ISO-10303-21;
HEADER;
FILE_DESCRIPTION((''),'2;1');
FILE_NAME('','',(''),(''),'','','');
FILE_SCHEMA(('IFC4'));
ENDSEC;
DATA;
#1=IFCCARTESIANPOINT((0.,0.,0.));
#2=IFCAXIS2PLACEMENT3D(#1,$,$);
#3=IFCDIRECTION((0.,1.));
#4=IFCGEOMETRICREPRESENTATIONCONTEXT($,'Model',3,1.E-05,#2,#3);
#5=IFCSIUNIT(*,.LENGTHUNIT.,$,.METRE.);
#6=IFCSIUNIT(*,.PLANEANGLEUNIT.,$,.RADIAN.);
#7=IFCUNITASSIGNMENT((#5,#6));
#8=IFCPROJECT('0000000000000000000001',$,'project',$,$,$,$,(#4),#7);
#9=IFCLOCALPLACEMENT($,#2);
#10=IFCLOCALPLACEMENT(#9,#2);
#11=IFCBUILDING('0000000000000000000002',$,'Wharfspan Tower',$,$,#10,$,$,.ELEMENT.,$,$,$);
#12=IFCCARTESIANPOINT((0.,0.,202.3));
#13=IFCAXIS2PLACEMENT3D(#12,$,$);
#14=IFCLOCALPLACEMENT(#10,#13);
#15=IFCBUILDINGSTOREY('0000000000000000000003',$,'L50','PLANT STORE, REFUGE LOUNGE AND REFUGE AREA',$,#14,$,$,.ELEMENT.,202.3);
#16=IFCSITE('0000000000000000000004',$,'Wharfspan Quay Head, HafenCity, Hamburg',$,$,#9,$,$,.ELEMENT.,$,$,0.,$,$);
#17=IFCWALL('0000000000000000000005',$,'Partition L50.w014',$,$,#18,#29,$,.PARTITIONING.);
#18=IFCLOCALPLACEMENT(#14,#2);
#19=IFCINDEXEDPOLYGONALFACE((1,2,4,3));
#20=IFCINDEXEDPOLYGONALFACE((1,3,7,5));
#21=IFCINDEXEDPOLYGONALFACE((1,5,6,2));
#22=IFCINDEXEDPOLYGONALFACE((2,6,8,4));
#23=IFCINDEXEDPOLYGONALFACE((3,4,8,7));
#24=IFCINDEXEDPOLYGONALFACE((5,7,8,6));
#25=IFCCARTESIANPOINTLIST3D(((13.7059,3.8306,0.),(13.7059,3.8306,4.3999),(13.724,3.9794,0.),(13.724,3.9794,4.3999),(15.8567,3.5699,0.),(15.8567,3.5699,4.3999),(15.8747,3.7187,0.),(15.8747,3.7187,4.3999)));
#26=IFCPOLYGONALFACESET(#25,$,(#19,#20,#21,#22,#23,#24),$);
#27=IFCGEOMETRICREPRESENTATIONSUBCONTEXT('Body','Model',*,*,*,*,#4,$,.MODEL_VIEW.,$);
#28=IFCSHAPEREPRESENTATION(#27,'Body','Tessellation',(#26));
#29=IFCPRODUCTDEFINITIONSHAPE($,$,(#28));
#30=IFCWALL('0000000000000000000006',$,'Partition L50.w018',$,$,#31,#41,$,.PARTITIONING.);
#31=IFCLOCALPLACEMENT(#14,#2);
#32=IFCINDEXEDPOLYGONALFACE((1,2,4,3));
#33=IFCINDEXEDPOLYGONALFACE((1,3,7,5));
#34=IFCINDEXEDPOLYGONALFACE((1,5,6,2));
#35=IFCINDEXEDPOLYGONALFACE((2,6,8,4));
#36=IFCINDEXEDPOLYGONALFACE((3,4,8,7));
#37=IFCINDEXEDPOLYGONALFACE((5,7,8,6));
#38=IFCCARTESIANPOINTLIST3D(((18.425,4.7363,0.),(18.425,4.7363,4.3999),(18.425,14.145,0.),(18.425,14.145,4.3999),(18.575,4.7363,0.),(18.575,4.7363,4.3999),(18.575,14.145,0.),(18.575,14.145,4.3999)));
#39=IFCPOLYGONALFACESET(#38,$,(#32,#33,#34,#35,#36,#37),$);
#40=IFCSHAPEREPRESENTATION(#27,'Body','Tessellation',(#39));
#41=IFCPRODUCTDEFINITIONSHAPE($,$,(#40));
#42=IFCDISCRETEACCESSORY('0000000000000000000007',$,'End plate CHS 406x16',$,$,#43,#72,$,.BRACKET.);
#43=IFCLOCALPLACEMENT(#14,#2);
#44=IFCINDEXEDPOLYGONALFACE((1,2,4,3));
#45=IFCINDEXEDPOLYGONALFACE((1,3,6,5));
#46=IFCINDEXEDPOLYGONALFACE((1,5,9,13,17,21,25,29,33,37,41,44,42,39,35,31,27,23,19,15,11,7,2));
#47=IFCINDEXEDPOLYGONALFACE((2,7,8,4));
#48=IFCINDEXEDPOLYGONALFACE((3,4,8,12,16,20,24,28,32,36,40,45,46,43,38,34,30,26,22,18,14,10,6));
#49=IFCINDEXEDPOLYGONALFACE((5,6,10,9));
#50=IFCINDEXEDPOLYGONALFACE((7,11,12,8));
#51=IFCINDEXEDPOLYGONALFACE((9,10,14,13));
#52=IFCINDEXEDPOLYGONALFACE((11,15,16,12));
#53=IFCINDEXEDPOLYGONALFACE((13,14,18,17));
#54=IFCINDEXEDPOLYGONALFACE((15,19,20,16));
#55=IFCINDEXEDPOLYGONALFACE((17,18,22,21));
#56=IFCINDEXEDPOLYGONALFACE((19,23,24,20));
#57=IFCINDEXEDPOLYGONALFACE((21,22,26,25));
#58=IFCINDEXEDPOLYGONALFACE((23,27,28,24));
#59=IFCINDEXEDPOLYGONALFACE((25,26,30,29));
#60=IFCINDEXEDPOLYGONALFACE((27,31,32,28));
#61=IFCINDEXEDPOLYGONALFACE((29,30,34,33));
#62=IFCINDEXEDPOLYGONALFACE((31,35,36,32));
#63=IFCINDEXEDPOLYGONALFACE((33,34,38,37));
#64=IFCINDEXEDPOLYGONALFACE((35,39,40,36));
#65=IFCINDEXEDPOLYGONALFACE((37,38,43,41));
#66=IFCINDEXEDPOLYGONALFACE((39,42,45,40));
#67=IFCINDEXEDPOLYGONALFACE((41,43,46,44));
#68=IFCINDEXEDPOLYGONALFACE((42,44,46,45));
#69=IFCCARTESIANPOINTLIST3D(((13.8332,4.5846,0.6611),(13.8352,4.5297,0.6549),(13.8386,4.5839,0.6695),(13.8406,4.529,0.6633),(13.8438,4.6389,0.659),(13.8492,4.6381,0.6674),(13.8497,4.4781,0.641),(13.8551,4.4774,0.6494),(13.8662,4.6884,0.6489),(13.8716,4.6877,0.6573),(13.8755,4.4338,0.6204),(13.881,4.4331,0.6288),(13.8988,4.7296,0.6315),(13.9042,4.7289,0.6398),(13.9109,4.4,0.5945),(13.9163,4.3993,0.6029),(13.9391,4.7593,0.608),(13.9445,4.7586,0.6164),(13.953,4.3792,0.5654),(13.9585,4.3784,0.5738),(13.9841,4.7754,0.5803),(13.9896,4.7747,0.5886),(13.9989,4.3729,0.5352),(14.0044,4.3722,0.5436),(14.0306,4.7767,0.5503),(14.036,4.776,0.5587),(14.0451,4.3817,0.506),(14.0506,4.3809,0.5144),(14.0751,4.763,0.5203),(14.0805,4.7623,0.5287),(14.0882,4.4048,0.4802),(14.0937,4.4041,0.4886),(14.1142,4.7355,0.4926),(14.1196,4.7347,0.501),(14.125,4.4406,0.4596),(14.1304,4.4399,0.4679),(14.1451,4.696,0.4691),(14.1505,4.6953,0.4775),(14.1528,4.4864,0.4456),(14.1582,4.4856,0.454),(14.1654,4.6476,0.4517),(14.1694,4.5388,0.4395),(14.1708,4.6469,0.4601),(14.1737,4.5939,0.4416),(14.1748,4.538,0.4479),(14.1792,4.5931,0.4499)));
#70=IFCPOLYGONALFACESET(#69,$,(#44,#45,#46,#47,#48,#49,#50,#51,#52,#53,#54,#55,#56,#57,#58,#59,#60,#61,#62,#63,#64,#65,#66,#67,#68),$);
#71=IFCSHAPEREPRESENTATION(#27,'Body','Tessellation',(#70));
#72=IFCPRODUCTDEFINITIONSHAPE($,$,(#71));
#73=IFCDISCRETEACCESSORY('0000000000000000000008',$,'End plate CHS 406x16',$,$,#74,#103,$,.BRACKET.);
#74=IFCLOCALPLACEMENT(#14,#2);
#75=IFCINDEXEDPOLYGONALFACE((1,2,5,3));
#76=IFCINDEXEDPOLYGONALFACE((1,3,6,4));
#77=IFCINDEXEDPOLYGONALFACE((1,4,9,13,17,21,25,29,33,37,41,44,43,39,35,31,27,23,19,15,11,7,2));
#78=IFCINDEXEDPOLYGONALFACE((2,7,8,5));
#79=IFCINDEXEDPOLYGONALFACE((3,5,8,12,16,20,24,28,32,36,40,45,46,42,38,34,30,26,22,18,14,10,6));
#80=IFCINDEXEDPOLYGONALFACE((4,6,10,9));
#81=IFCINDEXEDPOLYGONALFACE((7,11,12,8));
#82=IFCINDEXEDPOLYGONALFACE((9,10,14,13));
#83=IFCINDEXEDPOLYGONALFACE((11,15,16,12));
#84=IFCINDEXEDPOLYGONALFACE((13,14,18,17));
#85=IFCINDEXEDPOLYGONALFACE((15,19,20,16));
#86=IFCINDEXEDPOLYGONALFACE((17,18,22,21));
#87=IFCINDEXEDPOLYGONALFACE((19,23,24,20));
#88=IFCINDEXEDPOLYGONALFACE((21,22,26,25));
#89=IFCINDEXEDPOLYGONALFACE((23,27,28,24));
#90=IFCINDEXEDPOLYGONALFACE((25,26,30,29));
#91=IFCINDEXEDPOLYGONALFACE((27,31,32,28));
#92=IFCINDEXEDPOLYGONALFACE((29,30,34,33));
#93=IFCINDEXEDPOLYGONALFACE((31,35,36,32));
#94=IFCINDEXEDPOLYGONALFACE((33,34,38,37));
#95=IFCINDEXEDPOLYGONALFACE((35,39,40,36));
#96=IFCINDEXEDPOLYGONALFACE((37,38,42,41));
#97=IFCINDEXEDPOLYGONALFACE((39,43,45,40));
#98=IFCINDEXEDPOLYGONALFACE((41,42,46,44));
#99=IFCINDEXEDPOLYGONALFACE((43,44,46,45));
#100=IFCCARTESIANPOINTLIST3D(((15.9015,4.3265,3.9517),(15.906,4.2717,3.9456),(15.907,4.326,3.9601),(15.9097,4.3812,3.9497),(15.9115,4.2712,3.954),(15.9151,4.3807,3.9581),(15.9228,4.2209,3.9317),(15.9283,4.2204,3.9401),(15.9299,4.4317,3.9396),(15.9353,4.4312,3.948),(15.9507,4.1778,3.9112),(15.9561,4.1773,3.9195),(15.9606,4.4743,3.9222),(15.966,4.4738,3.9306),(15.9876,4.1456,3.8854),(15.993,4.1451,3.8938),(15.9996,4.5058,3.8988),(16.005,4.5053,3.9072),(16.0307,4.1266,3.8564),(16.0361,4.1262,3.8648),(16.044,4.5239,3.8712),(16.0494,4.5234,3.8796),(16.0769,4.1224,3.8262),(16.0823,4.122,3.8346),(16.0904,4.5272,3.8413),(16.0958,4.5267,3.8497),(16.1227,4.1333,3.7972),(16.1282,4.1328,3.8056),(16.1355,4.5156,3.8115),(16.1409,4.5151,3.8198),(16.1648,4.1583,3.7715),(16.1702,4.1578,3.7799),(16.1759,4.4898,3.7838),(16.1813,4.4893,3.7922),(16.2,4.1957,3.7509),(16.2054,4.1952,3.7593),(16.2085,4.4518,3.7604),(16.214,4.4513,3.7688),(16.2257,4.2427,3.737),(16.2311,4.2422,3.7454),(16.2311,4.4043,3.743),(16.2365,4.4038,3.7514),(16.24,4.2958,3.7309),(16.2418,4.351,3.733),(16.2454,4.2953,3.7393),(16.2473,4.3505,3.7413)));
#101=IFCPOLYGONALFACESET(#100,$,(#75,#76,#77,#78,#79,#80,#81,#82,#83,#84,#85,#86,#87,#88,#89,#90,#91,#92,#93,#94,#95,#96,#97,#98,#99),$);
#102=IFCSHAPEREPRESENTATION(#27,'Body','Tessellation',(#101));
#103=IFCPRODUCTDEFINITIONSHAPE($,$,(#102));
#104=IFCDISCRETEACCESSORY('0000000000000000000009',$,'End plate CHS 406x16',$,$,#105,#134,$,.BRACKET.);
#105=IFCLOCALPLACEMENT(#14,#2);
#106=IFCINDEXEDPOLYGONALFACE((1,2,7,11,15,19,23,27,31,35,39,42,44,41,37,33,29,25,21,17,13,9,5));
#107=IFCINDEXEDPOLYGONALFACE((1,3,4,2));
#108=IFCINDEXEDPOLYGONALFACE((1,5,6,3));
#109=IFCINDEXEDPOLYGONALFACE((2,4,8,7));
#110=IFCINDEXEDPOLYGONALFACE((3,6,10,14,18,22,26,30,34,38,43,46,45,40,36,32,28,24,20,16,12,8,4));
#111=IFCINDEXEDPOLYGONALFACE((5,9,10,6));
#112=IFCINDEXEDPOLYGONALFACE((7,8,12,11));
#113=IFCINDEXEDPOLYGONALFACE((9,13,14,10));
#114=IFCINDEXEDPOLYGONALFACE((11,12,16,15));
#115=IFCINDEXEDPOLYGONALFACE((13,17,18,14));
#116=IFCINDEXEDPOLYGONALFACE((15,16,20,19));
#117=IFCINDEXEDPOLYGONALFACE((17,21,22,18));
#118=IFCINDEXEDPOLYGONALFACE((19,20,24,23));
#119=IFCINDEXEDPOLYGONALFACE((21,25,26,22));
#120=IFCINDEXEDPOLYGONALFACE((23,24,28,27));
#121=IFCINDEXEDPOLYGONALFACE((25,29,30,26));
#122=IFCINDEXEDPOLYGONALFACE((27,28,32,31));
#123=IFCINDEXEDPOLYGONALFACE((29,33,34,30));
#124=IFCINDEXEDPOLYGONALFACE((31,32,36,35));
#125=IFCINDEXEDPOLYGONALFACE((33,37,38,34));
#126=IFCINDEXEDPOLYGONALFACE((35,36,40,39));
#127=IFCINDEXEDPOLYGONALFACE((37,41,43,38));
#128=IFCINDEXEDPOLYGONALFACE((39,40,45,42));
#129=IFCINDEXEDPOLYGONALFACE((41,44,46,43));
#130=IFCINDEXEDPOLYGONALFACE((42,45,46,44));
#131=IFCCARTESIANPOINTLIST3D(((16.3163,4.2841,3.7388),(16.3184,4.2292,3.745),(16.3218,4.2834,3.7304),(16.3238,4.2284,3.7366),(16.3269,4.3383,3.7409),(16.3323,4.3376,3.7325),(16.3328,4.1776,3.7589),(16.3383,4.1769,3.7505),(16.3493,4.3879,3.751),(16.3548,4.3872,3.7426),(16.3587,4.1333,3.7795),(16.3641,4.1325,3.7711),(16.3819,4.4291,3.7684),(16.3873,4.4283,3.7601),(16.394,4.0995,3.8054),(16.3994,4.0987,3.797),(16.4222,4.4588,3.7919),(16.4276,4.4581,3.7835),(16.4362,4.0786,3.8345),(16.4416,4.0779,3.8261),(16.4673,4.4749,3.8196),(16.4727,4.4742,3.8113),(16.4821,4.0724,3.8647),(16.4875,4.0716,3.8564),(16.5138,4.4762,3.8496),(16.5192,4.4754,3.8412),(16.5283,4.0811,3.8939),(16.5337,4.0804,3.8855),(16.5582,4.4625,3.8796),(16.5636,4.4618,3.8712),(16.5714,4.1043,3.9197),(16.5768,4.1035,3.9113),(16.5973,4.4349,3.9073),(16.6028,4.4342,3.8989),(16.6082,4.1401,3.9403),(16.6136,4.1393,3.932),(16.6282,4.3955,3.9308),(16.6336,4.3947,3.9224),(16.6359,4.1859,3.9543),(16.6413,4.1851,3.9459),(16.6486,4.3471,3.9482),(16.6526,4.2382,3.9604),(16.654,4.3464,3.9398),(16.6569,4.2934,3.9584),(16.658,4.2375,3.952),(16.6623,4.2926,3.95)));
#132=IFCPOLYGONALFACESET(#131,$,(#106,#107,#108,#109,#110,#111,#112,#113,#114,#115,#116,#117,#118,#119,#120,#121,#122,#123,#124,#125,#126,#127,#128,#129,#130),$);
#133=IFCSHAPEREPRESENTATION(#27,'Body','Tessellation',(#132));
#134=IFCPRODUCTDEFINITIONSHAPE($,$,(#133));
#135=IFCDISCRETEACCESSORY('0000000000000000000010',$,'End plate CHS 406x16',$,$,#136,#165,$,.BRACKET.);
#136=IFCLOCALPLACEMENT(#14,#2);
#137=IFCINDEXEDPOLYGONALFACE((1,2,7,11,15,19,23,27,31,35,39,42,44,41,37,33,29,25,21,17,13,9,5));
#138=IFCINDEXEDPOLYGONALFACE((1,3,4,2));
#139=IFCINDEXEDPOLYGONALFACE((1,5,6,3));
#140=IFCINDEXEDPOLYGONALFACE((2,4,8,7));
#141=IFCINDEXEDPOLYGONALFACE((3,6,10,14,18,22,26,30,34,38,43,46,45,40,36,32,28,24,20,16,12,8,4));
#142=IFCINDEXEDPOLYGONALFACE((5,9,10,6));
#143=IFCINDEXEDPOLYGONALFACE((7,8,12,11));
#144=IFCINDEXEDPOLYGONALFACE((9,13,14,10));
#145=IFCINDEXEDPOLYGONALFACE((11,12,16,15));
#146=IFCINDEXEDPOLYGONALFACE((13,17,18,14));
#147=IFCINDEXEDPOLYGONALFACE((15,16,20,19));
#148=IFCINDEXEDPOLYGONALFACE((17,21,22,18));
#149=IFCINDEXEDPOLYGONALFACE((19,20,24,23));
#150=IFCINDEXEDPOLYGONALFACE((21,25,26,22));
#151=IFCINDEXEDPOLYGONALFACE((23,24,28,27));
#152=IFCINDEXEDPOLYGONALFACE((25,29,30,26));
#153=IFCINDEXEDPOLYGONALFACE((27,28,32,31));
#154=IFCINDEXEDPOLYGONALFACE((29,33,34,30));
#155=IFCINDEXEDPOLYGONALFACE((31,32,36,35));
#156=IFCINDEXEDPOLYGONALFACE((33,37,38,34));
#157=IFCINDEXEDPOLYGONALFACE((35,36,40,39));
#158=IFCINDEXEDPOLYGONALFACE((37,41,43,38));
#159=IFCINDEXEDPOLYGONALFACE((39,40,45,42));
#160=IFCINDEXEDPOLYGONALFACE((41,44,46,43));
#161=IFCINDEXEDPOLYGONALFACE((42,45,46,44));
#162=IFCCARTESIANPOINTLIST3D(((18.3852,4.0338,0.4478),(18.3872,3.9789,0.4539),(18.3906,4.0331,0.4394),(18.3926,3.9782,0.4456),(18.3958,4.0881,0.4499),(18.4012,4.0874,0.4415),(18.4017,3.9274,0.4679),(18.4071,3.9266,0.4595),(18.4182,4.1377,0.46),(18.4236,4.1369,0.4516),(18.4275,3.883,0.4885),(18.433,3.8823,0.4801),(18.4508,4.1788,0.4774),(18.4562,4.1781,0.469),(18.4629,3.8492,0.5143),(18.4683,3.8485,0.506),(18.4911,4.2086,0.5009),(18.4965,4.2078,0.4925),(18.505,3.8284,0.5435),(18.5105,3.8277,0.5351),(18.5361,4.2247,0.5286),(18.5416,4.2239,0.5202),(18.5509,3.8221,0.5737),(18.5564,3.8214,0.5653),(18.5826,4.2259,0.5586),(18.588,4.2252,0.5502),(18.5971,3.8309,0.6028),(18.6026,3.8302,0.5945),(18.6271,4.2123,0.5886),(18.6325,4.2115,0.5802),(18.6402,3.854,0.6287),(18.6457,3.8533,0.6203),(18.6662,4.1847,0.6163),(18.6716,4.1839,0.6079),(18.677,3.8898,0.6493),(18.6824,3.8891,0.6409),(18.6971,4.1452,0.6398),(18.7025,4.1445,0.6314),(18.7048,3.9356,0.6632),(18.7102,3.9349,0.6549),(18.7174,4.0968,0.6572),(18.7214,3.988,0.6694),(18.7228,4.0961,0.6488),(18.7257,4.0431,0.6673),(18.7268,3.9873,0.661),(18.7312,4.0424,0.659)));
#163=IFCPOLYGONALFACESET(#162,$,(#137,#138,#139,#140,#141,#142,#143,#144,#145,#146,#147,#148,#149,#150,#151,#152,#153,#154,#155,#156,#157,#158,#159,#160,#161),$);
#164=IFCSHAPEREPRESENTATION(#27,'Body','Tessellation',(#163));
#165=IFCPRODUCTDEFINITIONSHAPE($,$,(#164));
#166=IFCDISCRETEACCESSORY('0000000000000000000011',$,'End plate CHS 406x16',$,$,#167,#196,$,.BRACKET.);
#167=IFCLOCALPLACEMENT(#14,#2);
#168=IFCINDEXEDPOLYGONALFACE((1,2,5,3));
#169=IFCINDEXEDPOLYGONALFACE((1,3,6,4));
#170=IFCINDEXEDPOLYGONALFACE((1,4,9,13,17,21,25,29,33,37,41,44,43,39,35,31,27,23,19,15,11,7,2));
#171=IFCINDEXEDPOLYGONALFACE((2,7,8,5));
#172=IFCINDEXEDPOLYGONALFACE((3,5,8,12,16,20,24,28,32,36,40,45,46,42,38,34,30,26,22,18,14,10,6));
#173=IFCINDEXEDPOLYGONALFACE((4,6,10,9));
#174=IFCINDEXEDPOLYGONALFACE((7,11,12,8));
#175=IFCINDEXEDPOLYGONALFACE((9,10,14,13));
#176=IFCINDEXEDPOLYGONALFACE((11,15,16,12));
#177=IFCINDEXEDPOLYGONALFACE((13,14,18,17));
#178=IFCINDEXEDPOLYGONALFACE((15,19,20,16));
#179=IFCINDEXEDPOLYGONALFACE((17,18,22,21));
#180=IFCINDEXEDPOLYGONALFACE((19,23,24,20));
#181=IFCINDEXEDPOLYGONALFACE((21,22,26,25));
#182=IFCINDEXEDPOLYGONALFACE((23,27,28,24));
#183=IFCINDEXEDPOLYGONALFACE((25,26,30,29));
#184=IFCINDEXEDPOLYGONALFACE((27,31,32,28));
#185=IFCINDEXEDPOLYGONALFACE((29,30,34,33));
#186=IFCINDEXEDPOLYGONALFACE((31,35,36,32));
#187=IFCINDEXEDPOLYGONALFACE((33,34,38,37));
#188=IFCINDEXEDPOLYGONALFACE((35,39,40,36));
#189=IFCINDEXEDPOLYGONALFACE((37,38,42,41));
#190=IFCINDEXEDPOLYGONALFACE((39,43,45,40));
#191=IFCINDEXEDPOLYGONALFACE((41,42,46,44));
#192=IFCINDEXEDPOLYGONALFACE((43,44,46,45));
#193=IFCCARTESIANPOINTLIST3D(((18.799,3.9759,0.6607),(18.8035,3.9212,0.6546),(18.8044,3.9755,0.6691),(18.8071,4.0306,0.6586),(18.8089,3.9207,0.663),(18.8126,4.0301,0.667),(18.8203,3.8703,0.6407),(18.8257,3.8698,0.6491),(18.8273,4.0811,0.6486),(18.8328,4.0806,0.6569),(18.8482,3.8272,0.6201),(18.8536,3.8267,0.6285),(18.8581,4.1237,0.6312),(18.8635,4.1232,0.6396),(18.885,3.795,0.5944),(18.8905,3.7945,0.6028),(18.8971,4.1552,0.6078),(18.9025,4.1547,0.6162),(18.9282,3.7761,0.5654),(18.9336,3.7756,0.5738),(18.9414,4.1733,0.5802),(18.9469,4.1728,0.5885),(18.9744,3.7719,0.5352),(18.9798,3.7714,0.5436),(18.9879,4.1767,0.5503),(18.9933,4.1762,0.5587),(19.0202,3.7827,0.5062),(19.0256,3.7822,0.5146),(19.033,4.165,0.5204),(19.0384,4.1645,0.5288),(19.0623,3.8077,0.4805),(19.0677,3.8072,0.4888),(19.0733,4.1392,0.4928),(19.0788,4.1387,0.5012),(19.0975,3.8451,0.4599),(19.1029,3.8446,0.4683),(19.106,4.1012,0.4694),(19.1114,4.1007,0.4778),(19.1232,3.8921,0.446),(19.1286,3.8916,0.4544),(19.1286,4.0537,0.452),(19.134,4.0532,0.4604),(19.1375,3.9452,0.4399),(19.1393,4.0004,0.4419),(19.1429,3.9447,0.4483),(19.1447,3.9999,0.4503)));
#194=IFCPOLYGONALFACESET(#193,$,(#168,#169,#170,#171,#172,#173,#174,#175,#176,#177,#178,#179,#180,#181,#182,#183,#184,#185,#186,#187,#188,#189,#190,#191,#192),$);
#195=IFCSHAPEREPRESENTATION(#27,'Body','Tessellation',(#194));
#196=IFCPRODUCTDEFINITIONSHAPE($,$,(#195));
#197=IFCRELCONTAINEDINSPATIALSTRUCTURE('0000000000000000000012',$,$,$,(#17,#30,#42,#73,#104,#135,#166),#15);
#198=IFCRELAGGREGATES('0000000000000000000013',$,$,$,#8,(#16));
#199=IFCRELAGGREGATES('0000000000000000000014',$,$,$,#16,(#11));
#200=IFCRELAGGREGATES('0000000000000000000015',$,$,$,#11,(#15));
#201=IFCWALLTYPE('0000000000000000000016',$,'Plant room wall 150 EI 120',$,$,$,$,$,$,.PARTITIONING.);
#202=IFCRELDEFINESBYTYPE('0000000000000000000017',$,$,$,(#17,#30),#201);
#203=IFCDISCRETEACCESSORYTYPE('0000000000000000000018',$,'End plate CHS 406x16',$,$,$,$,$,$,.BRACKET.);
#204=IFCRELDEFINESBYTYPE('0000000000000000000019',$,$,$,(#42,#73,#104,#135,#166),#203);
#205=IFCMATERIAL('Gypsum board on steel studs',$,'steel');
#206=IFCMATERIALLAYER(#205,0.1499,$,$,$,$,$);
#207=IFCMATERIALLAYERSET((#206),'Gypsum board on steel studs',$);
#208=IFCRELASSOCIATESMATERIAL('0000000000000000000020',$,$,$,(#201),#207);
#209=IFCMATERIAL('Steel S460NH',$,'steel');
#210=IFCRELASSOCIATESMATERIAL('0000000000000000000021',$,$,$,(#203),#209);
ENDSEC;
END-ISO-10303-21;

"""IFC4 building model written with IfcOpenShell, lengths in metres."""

from ifc_helpers import new_model, si_unit, direction, frame, frame_2d, origin, origin_2d, place, context, subcontext, project, spatial, rectangle, circle, extrude, material, layer, layer_set, material_profile, profile_set, type_object, element, save


model = new_model("IFC4")

# Units and contexts
model_context = context("Model", 3, precision=1e-05, world=origin(), true_north=direction((0.0, 1.0)))
body_context = subcontext(model_context, "Body", "Model", "MODEL_VIEW")
ifc_project = project(units=[si_unit("LENGTHUNIT", "METRE"), si_unit("PLANEANGLEUNIT", "RADIAN")], contexts=[model_context])

# Site, building, storey
site_placement = place(None, origin())
site = spatial("IfcSite", under=ifc_project, at=site_placement, Name="Wharfspan Quay Head, HafenCity, Hamburg", CompositionType="ELEMENT", RefElevation=0.0)
building_placement = place(site_placement, origin())
building = spatial("IfcBuilding", under=site, at=building_placement, Name="Wharfspan Tower", CompositionType="ELEMENT")
storey_placement = place(building_placement, frame((0.0, 0.0, 202.3)))
storey = spatial("IfcBuildingStorey", under=building, at=storey_placement, Name="L50", Description="PLANT STORE, REFUGE LOUNGE AND REFUGE AREA", CompositionType="ELEMENT", Elevation=202.3)

# Shared definitions
ifc_material_1 = material(Name="Steel S460NH", Category="steel")

# Walls
ifc_material_2 = material(Name="Gypsum board on steel studs", Category="steel")
ifc_layer_1 = layer(ifc_material_2, 0.1499)
ifc_layer_set_1 = layer_set([ifc_layer_1], Name="Gypsum board on steel studs")
wall_type = type_object("IfcWallType", Name="Plant room wall 150 EI 120", PredefinedType="PARTITIONING", material=ifc_layer_set_1)
wall_1_placement = place(storey_placement, frame((15.8657, 3.6443, 0.0), z_axis=(0.0, 0.0, 1.0), x_axis=(-0.992728, 0.120358, 0.0)))
element("IfcWall", 1, at=wall_1_placement, inside=storey, type_object=wall_type, Name="Partition L50.w014", PredefinedType="PARTITIONING", context=body_context, shape_type="SweptSolid", body=[
    extrude(rectangle(XDim=2.1665, YDim=0.1499, at=frame_2d((1.0833, 0.0))), origin(), (0.0, 0.0, 1.0), 4.3999),
])
wall_2_placement = place(storey_placement, frame((18.5, 4.7363, 0.0), z_axis=(0.0, 0.0, 1.0), x_axis=(0.0, 1.0, 0.0)))
element("IfcWall", 2, at=wall_2_placement, inside=storey, type_object=wall_type, Name="Partition L50.w018", PredefinedType="PARTITIONING", context=body_context, shape_type="SweptSolid", body=[
    extrude(rectangle(XDim=9.4087, YDim=0.1499, at=frame_2d((4.7043, 0.0))), origin(), (0.0, 0.0, 1.0), 4.3999),
])

# Discrete accessories
ifc_material_profile_1 = material_profile(ifc_material_1, circle(Radius=0.2031, at=origin_2d()))
ifc_profile_set_1 = profile_set([ifc_material_profile_1], Name="Steel S460NH")
discrete_accessory_type_1 = type_object("IfcDiscreteAccessoryType", Name="End plate CHS 406x16", PredefinedType="BRACKET", material=ifc_profile_set_1)
for number, where, z_axis, x_axis, name in (
    (3, (14.0032, 4.5754, 0.5503), (0.541767, -0.073877, 0.837276), (0.135113, 0.990833, 0.0), "End plate CHS 406x16"),
    (4, (16.072, 4.325, 3.8413), (0.54259, -0.049326, 0.838548), (0.090535, 0.995892, 0.0), "End plate CHS 406x16"),
    (5, (16.4863, 4.2749, 3.8496), (0.541767, -0.073877, -0.837276), (0.135113, 0.990833, 0.0), "End plate CHS 406x16"),
    (6, (18.5552, 4.0247, 0.5586), (0.541767, -0.073877, -0.837276), (0.135113, 0.990833, 0.0), "End plate CHS 406x16"),
    (7, (18.9695, 3.9744, 0.5503), (0.54259, -0.049326, 0.838548), (0.090535, 0.995892, 0.0), "End plate CHS 406x16"),
):
    element("IfcDiscreteAccessory", number, at=place(storey_placement, frame(where, z_axis=z_axis, x_axis=x_axis)), inside=storey, type_object=discrete_accessory_type_1, Name=name, PredefinedType="BRACKET", context=body_context, shape_type="SweptSolid", body=[
        extrude(circle(Radius=0.2031, at=origin_2d()), origin(), (0.0, 0.0, 1.0), 0.01),
    ])

save(model, "model.ifc")
